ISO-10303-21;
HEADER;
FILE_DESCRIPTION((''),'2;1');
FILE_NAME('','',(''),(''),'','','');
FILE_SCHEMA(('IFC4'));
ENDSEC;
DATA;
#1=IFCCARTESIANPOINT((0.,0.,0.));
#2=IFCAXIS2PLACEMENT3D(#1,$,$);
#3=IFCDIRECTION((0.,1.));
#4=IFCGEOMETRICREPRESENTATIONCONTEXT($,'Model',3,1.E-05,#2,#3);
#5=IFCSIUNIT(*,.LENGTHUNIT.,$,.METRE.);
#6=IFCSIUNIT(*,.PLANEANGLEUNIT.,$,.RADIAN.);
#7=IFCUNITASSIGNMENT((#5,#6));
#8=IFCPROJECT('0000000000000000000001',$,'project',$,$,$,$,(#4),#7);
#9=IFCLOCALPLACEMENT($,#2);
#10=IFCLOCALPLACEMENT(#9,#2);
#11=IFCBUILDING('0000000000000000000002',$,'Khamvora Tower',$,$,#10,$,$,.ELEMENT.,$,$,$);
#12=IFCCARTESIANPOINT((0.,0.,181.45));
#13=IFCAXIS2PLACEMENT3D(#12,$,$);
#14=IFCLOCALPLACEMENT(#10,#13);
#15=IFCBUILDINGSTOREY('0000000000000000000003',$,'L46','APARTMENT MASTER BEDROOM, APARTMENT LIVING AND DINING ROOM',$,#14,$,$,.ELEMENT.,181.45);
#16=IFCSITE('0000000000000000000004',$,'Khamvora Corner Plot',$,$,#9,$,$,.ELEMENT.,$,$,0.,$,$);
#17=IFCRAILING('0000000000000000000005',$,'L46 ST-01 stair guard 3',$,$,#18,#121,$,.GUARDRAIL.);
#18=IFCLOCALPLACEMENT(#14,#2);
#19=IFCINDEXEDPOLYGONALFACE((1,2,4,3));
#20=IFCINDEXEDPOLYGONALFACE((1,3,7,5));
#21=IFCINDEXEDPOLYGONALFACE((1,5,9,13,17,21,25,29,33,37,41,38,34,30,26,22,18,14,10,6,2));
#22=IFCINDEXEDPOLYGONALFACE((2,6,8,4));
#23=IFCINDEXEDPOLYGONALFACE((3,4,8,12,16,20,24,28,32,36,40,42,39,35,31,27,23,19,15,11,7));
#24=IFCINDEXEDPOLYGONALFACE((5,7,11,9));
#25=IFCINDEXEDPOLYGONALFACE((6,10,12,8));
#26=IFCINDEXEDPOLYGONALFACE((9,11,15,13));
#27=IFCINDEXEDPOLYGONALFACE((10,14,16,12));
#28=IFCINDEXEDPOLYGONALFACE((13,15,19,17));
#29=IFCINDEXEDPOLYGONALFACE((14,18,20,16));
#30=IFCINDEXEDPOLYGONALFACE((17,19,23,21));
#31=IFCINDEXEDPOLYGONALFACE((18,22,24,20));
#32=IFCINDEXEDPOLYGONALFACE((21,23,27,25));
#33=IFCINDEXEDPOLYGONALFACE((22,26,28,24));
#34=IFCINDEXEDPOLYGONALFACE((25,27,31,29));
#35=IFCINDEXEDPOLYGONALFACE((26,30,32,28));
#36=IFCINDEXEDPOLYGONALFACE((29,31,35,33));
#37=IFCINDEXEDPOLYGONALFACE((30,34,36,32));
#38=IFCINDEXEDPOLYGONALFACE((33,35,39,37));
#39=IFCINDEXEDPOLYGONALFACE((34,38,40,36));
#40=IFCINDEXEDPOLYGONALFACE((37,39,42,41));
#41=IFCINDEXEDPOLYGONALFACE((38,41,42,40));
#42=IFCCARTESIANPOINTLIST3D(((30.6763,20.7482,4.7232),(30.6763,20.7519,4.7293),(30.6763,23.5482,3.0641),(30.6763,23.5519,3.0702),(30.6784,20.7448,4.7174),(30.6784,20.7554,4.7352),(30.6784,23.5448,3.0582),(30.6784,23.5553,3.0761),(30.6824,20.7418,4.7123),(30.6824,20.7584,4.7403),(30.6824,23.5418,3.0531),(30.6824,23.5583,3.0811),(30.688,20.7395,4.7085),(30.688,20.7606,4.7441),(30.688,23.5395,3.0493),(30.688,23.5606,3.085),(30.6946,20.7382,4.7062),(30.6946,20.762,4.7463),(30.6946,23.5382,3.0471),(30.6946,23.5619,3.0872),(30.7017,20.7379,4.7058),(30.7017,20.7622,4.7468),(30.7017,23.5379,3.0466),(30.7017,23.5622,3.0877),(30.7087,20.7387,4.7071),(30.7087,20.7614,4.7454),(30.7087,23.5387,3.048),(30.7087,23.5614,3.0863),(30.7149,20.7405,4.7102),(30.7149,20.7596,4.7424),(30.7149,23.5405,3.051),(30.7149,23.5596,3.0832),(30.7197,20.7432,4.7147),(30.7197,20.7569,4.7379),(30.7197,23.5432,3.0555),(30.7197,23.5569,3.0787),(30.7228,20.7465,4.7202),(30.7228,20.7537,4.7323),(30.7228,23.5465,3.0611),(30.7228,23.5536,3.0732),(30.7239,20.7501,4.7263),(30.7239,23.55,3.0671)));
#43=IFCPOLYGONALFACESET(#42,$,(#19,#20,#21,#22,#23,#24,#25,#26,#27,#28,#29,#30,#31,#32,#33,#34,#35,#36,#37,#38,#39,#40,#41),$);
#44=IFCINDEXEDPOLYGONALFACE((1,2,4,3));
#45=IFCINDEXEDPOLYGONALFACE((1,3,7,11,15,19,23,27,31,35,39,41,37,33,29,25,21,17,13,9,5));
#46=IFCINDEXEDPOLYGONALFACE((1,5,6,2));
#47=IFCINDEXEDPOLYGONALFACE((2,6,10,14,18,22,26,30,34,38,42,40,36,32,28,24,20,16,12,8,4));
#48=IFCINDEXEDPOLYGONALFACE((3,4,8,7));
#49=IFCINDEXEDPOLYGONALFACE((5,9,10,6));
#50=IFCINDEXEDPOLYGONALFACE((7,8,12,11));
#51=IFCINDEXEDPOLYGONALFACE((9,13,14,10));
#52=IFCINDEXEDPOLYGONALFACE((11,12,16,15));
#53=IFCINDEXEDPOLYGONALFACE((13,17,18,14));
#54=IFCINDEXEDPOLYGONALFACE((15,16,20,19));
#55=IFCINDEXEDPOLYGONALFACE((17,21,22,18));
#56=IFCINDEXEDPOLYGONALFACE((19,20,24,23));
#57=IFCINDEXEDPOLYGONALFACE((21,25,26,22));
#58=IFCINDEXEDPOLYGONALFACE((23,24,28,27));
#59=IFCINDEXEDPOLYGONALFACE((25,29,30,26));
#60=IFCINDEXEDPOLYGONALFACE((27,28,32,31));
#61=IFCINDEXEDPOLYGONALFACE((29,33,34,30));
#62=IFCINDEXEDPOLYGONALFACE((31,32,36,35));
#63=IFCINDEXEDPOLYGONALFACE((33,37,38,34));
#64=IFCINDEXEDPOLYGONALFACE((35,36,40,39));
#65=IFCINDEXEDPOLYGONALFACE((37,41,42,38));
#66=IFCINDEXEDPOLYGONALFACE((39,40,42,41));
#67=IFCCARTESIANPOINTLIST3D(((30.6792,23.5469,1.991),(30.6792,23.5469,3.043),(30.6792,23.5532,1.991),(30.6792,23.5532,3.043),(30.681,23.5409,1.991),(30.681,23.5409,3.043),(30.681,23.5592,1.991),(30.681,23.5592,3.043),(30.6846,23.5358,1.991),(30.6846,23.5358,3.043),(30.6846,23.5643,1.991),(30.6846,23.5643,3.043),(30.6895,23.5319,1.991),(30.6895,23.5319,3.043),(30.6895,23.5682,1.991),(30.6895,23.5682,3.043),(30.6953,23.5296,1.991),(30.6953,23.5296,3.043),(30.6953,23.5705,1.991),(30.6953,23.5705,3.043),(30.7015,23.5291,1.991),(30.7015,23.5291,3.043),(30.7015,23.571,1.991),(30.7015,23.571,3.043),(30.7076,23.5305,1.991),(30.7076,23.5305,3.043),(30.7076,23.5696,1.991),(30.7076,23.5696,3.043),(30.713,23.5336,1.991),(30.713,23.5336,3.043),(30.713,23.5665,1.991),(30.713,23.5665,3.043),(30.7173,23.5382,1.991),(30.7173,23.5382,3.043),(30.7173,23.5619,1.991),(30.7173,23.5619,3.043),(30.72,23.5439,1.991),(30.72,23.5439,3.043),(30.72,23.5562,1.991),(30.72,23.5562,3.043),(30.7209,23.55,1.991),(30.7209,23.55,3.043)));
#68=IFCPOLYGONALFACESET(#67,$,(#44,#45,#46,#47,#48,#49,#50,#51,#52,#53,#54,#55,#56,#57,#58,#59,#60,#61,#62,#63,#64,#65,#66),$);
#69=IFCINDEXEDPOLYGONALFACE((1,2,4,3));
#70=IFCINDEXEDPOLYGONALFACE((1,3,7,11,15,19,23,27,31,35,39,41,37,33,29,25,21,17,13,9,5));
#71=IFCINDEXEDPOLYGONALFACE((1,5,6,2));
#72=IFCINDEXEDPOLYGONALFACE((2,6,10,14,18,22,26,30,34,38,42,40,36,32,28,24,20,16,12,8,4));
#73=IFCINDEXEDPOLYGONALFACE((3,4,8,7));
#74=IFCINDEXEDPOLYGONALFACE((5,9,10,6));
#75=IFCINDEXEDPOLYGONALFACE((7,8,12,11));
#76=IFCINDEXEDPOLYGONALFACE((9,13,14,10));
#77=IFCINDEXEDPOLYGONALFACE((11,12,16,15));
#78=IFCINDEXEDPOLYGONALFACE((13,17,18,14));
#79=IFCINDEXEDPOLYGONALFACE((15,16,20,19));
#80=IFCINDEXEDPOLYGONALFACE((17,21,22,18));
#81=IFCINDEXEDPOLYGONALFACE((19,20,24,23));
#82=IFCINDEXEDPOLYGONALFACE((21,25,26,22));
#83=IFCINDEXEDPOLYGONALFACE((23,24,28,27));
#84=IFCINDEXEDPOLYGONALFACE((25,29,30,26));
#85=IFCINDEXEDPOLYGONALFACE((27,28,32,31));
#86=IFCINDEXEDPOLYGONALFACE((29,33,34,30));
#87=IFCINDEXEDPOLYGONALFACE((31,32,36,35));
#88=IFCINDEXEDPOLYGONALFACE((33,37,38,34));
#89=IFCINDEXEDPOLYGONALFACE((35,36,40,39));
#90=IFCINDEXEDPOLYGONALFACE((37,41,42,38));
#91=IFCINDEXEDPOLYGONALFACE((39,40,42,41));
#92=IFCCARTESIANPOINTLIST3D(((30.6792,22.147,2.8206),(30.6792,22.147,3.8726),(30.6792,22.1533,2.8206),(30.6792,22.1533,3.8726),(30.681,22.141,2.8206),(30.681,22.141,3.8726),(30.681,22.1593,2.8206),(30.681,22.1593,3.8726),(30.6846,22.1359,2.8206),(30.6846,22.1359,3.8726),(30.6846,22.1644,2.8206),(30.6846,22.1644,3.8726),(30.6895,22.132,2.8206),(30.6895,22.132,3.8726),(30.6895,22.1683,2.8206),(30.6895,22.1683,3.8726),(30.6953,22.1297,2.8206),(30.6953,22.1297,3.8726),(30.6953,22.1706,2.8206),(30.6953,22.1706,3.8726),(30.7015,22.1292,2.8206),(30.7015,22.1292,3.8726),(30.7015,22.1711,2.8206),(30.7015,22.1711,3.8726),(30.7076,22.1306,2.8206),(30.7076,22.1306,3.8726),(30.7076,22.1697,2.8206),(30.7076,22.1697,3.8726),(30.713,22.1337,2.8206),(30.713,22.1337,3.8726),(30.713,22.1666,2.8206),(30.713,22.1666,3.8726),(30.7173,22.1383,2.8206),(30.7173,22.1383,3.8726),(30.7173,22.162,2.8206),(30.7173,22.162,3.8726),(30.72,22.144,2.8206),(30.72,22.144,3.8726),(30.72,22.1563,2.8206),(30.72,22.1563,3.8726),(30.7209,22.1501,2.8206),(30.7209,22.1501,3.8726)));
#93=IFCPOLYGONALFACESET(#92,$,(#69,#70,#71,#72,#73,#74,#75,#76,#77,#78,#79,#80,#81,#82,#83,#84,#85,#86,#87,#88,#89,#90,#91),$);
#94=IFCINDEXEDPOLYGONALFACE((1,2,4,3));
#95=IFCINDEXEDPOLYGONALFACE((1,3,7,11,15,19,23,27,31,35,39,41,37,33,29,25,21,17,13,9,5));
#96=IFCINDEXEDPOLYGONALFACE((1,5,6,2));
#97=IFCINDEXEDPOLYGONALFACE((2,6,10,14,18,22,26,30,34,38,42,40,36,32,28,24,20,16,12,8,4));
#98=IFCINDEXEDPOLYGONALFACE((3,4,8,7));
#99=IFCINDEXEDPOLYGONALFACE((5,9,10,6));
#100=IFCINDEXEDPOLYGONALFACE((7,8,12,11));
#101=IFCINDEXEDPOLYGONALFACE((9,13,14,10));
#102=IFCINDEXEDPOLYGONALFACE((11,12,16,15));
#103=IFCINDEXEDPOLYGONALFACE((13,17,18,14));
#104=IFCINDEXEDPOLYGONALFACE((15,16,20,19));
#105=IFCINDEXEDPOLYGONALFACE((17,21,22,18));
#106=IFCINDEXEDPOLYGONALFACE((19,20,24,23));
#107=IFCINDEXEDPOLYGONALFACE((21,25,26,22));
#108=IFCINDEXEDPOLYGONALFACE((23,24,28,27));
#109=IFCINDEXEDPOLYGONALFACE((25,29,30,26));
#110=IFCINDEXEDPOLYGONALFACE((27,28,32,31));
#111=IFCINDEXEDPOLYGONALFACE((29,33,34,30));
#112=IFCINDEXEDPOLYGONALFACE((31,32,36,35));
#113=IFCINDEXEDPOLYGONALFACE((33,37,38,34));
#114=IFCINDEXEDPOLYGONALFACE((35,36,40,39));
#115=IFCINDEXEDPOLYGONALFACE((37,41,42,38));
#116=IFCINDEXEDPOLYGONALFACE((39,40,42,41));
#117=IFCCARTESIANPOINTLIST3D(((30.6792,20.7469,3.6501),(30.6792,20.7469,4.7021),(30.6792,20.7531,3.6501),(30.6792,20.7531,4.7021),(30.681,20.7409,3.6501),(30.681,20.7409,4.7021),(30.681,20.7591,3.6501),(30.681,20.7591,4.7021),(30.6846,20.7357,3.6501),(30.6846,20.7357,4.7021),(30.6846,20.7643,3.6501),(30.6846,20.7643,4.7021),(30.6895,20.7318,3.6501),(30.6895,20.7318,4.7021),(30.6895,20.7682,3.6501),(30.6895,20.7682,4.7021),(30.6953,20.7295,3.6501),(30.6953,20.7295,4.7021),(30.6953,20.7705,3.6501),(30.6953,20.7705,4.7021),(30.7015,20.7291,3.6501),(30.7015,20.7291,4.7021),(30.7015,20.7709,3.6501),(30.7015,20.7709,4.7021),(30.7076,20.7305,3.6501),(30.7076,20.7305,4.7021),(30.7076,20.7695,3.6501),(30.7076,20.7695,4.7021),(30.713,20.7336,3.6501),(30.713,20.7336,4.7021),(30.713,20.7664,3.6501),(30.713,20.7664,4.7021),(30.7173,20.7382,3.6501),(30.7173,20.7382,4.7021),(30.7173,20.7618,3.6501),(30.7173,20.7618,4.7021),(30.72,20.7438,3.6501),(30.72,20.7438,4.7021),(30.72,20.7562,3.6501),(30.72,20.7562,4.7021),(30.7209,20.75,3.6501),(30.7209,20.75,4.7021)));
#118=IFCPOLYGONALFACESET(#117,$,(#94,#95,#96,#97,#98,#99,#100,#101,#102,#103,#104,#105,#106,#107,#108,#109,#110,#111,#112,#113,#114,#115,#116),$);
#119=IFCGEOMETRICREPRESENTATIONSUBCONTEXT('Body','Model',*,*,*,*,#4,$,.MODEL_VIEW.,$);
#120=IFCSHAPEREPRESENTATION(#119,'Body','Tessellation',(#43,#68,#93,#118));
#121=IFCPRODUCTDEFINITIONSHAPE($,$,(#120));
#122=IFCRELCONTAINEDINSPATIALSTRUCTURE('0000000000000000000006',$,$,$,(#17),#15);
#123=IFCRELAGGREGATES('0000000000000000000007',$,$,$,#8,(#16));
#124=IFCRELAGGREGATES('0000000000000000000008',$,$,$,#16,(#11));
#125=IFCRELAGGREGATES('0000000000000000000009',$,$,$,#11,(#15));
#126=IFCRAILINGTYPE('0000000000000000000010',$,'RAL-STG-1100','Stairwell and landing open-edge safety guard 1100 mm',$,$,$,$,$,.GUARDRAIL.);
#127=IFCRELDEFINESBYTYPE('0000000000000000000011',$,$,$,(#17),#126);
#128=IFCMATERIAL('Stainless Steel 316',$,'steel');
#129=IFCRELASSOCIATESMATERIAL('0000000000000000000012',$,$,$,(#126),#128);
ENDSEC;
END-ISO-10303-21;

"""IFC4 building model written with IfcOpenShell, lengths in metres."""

from ifc_helpers import new_model, si_unit, direction, frame, origin, origin_2d, place, context, subcontext, project, spatial, circle, extrude, material, type_object, element, save


model = new_model("IFC4")

# Units and contexts
model_context = context("Model", 3, precision=1e-05, world=origin(), true_north=direction((0.0, 1.0)))
body_context = subcontext(model_context, "Body", "Model", "MODEL_VIEW")
ifc_project = project(units=[si_unit("LENGTHUNIT", "METRE"), si_unit("PLANEANGLEUNIT", "RADIAN")], contexts=[model_context])

# Site, building, storey
site_placement = place(None, origin())
site = spatial("IfcSite", under=ifc_project, at=site_placement, Name="Khamvora Corner Plot", CompositionType="ELEMENT", RefElevation=0.0)
building_placement = place(site_placement, origin())
building = spatial("IfcBuilding", under=site, at=building_placement, Name="Khamvora Tower", CompositionType="ELEMENT")
storey_placement = place(building_placement, frame((0.0, 0.0, 181.45)))
storey = spatial("IfcBuildingStorey", under=building, at=storey_placement, Name="L46", Description="APARTMENT MASTER BEDROOM, APARTMENT LIVING AND DINING ROOM", CompositionType="ELEMENT", Elevation=181.45)

# Railing
ifc_material_1 = material(Name="Stainless Steel 316", Category="steel")
railing_type_1 = type_object("IfcRailingType", Name="RAL-STG-1100", Description="Stairwell and landing open-edge safety guard 1100 mm", PredefinedType="GUARDRAIL", material=ifc_material_1)
railing_1_placement = place(storey_placement, frame((30.7, 23.55, 1.991)))
element("IfcRailing", 1, at=railing_1_placement, inside=storey, type_object=railing_type_1, Name="L46 ST-01 stair guard 3", PredefinedType="GUARDRAIL", context=body_context, shape_type="SweptSolid", body=[
    extrude(circle(Radius=0.0239, at=origin_2d()), frame((0.0, 0.0, 1.0762), z_axis=(0.0, -0.860306, 0.509778), x_axis=(1.0, 0.0, 0.0)), (0.0, 0.0, 1.0), 3.2546),
    extrude(circle(Radius=0.021, at=origin_2d()), origin(), (0.0, 0.0, 1.0), 1.052),
    extrude(circle(Radius=0.021, at=origin_2d()), frame((0.0, -1.3999, 0.8296)), (0.0, 0.0, 1.0), 1.052),
    extrude(circle(Radius=0.021, at=origin_2d()), frame((0.0, -2.8, 1.6592)), (0.0, 0.0, 1.0), 1.052),
])

save(model, "model.ifc")
